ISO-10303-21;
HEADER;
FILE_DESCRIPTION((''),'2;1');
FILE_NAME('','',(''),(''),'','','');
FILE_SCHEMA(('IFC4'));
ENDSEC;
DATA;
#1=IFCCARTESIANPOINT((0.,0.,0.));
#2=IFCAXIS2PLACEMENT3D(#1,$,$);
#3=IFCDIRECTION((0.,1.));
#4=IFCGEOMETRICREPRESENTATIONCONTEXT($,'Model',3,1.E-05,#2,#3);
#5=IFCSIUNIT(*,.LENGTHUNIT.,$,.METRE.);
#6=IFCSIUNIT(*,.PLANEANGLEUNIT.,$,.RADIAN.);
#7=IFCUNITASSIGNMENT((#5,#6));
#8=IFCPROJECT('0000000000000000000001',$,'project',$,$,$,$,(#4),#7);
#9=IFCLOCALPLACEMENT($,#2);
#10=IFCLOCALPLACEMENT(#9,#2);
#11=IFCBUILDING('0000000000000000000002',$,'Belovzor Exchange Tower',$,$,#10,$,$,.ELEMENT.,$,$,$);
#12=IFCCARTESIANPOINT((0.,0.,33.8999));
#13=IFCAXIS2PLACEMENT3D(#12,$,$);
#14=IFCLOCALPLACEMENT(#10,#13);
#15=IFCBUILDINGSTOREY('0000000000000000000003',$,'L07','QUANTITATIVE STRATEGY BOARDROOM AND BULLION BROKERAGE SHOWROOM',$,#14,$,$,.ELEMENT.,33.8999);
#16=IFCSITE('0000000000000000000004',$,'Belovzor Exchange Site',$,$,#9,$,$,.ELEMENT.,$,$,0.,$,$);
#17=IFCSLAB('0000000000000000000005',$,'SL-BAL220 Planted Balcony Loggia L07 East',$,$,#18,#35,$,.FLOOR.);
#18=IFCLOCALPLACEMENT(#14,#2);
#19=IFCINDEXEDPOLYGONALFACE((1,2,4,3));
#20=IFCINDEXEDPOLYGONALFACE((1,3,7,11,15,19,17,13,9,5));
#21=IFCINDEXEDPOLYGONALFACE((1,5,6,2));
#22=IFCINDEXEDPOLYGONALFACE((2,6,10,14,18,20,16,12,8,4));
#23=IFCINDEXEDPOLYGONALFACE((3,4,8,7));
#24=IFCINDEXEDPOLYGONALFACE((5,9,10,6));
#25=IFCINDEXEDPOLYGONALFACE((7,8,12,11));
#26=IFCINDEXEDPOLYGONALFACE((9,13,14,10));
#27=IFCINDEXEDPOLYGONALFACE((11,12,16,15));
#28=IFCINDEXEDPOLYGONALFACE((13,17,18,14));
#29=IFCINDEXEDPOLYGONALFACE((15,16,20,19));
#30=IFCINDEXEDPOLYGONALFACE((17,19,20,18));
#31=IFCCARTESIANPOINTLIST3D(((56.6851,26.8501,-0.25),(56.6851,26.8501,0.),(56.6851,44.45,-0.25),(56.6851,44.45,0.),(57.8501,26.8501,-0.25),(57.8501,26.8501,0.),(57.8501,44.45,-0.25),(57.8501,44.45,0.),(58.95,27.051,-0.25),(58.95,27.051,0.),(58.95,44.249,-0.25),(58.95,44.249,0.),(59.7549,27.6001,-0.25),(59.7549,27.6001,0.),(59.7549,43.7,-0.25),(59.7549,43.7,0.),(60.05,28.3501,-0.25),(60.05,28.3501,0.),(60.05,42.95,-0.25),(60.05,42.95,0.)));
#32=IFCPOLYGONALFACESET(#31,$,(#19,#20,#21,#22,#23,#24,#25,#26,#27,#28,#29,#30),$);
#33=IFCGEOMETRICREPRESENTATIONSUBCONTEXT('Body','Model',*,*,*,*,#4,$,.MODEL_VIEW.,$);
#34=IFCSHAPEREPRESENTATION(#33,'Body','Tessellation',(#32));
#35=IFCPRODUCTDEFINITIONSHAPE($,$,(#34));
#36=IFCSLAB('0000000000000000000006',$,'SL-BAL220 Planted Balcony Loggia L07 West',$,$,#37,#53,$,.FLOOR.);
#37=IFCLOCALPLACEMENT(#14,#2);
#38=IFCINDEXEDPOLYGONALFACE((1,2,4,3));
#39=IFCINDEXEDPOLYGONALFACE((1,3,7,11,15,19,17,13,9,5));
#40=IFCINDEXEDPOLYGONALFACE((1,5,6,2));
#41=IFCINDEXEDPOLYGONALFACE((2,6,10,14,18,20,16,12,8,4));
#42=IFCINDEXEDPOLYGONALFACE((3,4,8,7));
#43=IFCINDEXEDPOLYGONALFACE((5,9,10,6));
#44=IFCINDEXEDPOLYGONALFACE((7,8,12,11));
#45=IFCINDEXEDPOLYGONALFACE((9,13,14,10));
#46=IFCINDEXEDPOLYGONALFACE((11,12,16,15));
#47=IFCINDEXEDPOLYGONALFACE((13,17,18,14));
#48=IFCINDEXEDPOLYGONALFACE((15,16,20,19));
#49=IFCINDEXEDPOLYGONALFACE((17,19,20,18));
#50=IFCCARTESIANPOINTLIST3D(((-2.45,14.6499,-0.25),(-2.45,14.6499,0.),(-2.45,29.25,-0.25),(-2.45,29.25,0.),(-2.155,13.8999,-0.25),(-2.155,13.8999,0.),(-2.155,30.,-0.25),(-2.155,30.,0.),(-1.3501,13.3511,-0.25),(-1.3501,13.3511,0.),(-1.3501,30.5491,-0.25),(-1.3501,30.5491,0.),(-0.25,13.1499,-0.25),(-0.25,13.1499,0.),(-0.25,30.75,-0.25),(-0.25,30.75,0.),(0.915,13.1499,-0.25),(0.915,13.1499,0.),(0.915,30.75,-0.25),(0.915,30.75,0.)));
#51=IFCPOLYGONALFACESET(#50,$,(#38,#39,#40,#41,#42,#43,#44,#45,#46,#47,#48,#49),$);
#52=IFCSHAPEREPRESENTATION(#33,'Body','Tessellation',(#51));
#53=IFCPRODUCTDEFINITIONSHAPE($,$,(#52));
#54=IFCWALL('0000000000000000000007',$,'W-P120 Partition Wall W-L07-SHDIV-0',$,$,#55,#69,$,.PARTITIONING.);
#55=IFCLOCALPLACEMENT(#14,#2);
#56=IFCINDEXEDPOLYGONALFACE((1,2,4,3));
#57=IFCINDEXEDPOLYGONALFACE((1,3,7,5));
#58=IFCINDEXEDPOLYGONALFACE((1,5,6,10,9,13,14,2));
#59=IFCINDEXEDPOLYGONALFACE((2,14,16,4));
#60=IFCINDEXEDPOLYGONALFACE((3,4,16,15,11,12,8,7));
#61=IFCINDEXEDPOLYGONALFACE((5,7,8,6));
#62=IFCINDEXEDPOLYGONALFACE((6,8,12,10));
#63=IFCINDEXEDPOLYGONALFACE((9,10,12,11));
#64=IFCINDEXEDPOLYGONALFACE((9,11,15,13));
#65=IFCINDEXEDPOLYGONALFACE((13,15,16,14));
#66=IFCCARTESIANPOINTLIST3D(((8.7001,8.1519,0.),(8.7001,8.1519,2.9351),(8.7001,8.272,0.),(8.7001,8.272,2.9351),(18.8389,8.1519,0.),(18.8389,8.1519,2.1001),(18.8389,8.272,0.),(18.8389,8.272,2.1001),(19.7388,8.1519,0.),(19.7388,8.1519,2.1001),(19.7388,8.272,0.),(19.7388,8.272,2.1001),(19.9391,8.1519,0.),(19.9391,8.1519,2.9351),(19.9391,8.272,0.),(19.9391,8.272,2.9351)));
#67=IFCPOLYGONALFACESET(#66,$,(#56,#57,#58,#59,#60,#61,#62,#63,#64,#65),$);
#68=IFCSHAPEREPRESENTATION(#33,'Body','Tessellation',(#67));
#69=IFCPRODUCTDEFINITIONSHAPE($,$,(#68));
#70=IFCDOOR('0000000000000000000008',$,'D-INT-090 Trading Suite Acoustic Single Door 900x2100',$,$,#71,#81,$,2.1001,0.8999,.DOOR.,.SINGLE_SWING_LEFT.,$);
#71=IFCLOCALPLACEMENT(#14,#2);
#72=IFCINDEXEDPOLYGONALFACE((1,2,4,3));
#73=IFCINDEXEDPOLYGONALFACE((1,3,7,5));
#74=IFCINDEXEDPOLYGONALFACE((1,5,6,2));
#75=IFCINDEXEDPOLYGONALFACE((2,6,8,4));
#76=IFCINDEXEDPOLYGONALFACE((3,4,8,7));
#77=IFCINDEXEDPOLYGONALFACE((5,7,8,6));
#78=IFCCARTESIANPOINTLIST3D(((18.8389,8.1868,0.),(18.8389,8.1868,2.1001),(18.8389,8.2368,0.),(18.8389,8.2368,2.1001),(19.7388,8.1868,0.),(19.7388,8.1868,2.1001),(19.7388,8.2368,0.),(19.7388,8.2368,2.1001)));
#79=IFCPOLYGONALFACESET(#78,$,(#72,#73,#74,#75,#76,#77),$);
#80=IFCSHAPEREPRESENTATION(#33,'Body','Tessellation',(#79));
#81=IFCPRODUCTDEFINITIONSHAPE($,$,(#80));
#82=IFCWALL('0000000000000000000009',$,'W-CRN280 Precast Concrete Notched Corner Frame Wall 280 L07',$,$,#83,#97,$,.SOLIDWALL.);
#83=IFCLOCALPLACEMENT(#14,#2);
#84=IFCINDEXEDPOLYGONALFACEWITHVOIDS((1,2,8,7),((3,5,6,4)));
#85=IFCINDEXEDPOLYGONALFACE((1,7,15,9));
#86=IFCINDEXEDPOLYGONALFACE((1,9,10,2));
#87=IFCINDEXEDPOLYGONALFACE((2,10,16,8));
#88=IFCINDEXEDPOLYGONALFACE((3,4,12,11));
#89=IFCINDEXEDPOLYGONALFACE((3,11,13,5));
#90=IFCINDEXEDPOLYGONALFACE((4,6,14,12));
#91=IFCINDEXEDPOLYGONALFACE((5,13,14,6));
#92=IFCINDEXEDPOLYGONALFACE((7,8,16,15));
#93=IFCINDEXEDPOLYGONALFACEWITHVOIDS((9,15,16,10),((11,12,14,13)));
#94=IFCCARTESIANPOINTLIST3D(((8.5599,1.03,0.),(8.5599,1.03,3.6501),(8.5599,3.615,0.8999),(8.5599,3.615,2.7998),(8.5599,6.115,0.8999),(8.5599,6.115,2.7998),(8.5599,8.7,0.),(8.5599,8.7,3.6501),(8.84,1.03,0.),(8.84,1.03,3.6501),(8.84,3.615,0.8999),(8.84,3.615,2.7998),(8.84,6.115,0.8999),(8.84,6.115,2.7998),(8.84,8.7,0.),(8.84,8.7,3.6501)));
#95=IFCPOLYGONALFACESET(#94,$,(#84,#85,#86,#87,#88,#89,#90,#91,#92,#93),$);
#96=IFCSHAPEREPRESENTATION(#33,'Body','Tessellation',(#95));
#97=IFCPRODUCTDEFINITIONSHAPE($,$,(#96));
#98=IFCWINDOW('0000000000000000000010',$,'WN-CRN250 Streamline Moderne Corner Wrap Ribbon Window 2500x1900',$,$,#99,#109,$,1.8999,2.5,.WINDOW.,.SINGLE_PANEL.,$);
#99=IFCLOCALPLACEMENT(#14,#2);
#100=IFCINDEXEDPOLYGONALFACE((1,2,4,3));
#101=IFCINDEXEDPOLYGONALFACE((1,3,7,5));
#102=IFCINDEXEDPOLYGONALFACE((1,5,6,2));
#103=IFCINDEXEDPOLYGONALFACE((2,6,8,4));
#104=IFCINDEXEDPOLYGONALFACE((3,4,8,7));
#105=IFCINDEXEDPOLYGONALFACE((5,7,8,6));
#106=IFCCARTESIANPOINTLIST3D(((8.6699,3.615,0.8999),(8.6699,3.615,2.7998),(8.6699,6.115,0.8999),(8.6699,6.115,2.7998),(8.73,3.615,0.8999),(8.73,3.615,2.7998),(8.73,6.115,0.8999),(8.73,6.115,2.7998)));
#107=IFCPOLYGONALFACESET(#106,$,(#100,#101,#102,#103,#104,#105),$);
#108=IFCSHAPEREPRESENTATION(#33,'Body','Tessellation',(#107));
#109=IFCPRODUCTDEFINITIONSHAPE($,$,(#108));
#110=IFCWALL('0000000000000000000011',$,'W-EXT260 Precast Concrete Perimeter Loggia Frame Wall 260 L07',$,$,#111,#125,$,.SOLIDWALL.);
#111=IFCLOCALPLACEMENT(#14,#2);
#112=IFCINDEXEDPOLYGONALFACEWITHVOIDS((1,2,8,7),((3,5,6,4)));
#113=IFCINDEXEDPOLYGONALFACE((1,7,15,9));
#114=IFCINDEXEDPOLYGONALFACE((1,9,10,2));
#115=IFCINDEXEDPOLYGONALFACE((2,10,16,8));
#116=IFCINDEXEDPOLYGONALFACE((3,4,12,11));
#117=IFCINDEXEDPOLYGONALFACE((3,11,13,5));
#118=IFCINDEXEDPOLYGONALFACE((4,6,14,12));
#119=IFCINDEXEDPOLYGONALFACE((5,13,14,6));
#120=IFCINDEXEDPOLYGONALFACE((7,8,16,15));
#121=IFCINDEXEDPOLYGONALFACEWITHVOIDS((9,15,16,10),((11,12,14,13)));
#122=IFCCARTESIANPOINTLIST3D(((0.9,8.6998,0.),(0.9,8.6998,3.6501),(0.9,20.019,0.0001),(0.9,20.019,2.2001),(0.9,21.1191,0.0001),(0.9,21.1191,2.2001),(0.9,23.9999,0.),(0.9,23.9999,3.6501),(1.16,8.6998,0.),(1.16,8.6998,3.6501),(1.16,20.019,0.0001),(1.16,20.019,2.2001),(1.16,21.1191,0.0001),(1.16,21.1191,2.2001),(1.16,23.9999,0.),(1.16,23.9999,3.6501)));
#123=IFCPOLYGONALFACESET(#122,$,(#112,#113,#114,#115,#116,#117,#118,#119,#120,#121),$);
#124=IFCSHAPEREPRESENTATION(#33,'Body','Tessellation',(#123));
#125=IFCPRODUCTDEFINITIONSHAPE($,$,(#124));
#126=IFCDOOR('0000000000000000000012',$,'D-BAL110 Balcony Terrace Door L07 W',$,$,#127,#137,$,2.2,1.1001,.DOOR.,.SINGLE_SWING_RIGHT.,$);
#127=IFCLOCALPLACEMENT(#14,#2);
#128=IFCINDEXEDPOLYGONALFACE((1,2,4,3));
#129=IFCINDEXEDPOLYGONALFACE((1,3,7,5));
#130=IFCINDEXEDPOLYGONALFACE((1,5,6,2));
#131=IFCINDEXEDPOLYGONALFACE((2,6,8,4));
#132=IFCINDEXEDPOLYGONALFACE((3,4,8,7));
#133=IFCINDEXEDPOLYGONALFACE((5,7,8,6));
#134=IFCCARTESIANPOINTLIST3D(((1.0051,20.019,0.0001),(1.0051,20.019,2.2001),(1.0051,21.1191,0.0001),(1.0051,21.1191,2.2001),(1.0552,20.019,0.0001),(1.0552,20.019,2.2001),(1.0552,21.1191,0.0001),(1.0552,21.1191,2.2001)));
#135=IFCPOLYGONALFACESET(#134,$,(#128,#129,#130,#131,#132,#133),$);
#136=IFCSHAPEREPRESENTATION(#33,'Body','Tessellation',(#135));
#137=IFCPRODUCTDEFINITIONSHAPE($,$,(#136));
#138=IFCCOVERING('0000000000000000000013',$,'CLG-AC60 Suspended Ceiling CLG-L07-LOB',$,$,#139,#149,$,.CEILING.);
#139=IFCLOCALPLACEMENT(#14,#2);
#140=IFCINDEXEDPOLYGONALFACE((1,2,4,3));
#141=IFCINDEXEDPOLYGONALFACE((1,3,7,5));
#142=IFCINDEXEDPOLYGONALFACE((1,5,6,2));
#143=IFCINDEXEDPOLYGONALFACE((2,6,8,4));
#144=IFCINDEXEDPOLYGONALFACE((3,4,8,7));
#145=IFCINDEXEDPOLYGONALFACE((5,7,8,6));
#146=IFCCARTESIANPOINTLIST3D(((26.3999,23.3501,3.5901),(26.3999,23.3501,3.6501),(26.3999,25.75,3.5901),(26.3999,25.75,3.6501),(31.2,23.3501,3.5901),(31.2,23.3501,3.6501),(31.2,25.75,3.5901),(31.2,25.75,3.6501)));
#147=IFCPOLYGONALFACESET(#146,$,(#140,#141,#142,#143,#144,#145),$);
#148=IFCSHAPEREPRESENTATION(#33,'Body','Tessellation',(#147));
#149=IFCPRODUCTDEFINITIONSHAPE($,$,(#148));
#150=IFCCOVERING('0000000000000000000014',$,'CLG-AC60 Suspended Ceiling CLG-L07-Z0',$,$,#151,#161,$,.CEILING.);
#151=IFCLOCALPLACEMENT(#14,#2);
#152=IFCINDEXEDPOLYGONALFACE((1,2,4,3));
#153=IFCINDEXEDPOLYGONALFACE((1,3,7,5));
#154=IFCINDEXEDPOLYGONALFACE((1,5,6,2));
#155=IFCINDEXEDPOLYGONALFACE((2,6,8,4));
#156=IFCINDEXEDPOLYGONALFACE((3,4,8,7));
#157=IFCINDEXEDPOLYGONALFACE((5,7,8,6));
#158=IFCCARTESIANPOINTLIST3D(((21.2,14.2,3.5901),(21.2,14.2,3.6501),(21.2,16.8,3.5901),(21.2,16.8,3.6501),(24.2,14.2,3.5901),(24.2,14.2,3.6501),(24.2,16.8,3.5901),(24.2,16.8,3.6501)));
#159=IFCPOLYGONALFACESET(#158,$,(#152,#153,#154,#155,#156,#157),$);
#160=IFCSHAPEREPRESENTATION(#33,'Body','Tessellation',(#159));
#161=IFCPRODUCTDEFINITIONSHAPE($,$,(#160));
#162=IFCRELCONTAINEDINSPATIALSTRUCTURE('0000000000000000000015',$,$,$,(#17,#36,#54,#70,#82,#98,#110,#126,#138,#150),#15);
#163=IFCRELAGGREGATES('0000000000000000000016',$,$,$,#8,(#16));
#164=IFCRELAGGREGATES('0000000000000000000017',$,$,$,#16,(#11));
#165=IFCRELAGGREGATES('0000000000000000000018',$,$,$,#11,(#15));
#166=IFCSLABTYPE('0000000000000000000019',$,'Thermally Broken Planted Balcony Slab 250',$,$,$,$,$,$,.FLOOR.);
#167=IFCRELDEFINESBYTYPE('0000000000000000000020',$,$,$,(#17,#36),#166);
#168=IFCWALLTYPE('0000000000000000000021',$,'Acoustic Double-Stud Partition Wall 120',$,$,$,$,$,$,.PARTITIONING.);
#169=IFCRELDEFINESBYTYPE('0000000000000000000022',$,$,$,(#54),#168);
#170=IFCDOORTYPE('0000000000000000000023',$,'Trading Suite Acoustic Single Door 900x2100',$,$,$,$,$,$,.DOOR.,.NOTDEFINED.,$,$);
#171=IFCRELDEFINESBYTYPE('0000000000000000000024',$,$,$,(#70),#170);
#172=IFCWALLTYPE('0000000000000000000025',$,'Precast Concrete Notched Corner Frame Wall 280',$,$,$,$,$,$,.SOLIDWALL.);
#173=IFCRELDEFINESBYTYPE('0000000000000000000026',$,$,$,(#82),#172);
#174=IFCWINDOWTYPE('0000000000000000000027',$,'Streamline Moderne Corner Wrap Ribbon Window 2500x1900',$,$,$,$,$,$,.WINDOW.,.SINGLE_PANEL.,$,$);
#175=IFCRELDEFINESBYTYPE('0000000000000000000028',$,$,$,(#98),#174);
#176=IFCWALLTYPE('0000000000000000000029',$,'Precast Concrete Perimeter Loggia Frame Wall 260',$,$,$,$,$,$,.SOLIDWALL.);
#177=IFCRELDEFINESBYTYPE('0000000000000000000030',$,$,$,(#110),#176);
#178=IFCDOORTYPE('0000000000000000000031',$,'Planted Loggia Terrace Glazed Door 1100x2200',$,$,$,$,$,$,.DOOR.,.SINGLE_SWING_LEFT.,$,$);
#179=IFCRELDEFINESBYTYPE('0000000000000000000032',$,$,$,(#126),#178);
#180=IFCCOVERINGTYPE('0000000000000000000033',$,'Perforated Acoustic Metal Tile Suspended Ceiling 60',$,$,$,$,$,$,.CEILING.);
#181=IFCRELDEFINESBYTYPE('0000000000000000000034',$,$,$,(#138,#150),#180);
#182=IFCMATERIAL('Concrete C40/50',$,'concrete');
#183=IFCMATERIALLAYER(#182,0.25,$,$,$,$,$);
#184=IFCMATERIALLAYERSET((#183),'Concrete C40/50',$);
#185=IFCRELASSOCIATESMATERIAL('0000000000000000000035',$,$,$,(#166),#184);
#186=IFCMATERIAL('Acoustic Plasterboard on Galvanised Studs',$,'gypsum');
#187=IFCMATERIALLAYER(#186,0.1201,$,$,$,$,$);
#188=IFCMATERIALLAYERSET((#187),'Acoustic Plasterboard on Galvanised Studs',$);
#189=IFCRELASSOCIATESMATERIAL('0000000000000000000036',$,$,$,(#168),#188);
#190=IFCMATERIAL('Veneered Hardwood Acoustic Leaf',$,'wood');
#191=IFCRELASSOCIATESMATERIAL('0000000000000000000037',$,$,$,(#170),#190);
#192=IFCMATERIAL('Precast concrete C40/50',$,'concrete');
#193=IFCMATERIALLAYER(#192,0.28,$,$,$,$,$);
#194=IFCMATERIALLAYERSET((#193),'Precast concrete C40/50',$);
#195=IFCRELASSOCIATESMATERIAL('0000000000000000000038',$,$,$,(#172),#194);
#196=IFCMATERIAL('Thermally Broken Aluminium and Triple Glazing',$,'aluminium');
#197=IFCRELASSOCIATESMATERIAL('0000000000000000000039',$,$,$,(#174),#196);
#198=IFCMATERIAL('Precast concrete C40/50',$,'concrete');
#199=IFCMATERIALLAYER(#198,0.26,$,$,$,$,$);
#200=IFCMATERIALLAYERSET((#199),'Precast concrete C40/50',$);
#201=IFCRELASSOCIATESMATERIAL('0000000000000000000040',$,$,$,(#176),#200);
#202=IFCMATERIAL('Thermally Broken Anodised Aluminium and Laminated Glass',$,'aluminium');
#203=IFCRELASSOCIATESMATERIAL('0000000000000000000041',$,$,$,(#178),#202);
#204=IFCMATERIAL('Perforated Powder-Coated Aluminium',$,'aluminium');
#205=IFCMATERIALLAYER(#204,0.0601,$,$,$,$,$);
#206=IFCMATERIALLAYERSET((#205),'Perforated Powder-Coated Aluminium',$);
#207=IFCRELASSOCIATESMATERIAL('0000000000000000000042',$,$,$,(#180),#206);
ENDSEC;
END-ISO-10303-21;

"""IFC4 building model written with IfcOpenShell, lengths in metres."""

from ifc_helpers import new_model, si_unit, direction, frame, frame_2d, origin, place, context, subcontext, project, spatial, polyline, rectangle, outline, extrude, material, layer, layer_set, type_object, element, fill, save


model = new_model("IFC4")

# Units and contexts
model_context = context("Model", 3, precision=1e-05, world=origin(), true_north=direction((0.0, 1.0)))
body_context = subcontext(model_context, "Body", "Model", "MODEL_VIEW")
ifc_project = project(units=[si_unit("LENGTHUNIT", "METRE"), si_unit("PLANEANGLEUNIT", "RADIAN")], contexts=[model_context])

# Site, building, storey
site_placement = place(None, origin())
site = spatial("IfcSite", under=ifc_project, at=site_placement, Name="Belovzor Exchange Site", CompositionType="ELEMENT", RefElevation=0.0)
building_placement = place(site_placement, origin())
building = spatial("IfcBuilding", under=site, at=building_placement, Name="Belovzor Exchange Tower", CompositionType="ELEMENT")
storey_placement = place(building_placement, frame((0.0, 0.0, 33.8999)))
storey = spatial("IfcBuildingStorey", under=building, at=storey_placement, Name="L07", Description="QUANTITATIVE STRATEGY BOARDROOM AND BULLION BROKERAGE SHOWROOM", CompositionType="ELEMENT", Elevation=33.8999)

# Slabs
ifc_material_1 = material(Name="Concrete C40/50", Category="concrete")
ifc_layer_1 = layer(ifc_material_1, 0.25)
ifc_layer_set_1 = layer_set([ifc_layer_1], Name="Concrete C40/50")
slab_type_1 = type_object("IfcSlabType", Name="Thermally Broken Planted Balcony Slab 250", PredefinedType="FLOOR", material=ifc_layer_set_1)
slab_1_placement = place(storey_placement, frame((0.0, 0.0, -0.25)))
element("IfcSlab", 1, at=slab_1_placement, inside=storey, type_object=slab_type_1, Name="SL-BAL220 Planted Balcony Loggia L07 East", PredefinedType="FLOOR", context=body_context, shape_type="SweptSolid", body=[
    extrude(outline(polyline([(56.6851, 26.8501), (57.8501, 26.8501), (58.95, 27.051), (59.7549, 27.6001), (60.05, 28.3501), (60.05, 42.95), (59.7549, 43.7), (58.95, 44.249), (57.8501, 44.45), (56.6851, 44.45), (56.6851, 26.8501)])), origin(), (0.0, 0.0, 1.0), 0.25),
])
slab_2_placement = place(storey_placement, frame((0.0, 0.0, -0.25)))
element("IfcSlab", 2, at=slab_2_placement, inside=storey, type_object=slab_type_1, Name="SL-BAL220 Planted Balcony Loggia L07 West", PredefinedType="FLOOR", context=body_context, shape_type="SweptSolid", body=[
    extrude(outline(polyline([(0.915, 30.75), (-0.25, 30.75), (-1.3501, 30.5491), (-2.155, 30.0), (-2.45, 29.25), (-2.45, 14.6499), (-2.155, 13.8999), (-1.3501, 13.3511), (-0.25, 13.1499), (0.915, 13.1499), (0.915, 30.75)])), origin(), (0.0, 0.0, 1.0), 0.25),
])

# Wall, opening, door
ifc_material_2 = material(Name="Acoustic Plasterboard on Galvanised Studs", Category="gypsum")
ifc_layer_2 = layer(ifc_material_2, 0.1201)
ifc_layer_set_2 = layer_set([ifc_layer_2], Name="Acoustic Plasterboard on Galvanised Studs")
wall_type_1 = type_object("IfcWallType", Name="Acoustic Double-Stud Partition Wall 120", PredefinedType="PARTITIONING", material=ifc_layer_set_2)
wall_1_placement = place(storey_placement, frame((8.7, 8.2119, 0.0), z_axis=(0.0, 0.0, 1.0), x_axis=(1.0, 0.0, 0.0)))
wall_1 = element("IfcWall", 3, at=wall_1_placement, inside=storey, type_object=wall_type_1, Name="W-P120 Partition Wall W-L07-SHDIV-0", PredefinedType="PARTITIONING", context=body_context, shape_type="SweptSolid", body=[
    extrude(rectangle(XDim=11.239, YDim=0.1201, at=frame_2d((5.6196, 0.0))), origin(), (0.0, 0.0, 1.0), 2.9351),
])
opening_1_placement = place(wall_1_placement, frame((10.1389, 0.0, 0.0)))
opening_1 = element("IfcOpeningElement", 4, at=opening_1_placement, cuts=wall_1, PredefinedType="OPENING", context=body_context, shape_type="SweptSolid", body=[
    extrude(rectangle(XDim=0.8999, YDim=2.1001, at=frame_2d((0.45, 1.05))), frame((0.0, 0.0701, 0.0), z_axis=(0.0, -1.0, 0.0), x_axis=(1.0, 0.0, 0.0)), (0.0, 0.0, 1.0), 0.1401),
])
ifc_material_3 = material(Name="Veneered Hardwood Acoustic Leaf", Category="wood")
door_type_1 = type_object("IfcDoorType", Name="Trading Suite Acoustic Single Door 900x2100", OperationType="NOTDEFINED", PredefinedType="DOOR", material=ifc_material_3)
door_1_placement = place(opening_1_placement, origin())
door_1 = element("IfcDoor", 5, at=door_1_placement, inside=storey, type_object=door_type_1, Name="D-INT-090 Trading Suite Acoustic Single Door 900x2100", OperationType="SINGLE_SWING_LEFT", OverallHeight=2.1001, OverallWidth=0.8999, PredefinedType="DOOR", context=body_context, shape_type="SweptSolid", body=[
    extrude(rectangle(XDim=0.8999, YDim=2.1001, at=frame_2d((0.45, 1.05))), frame((0.0, 0.0249, 0.0), z_axis=(0.0, -1.0, 0.0), x_axis=(1.0, 0.0, 0.0)), (0.0, 0.0, 1.0), 0.05),
])
fill(opening_1, door_1)

# Wall, opening, window
ifc_material_4 = material(Name="Precast concrete C40/50", Category="concrete")
ifc_layer_3 = layer(ifc_material_4, 0.28)
ifc_layer_set_3 = layer_set([ifc_layer_3], Name="Precast concrete C40/50")
wall_type_2 = type_object("IfcWallType", Name="Precast Concrete Notched Corner Frame Wall 280", PredefinedType="SOLIDWALL", material=ifc_layer_set_3)
wall_2_placement = place(storey_placement, frame((8.7, 1.03, 0.0), z_axis=(0.0, 0.0, 1.0), x_axis=(0.0, 1.0, 0.0)))
wall_2 = element("IfcWall", 6, at=wall_2_placement, inside=storey, type_object=wall_type_2, Name="W-CRN280 Precast Concrete Notched Corner Frame Wall 280 L07", PredefinedType="SOLIDWALL", context=body_context, shape_type="SweptSolid", body=[
    extrude(rectangle(XDim=7.6699, YDim=0.28, at=frame_2d((3.835, 0.0))), origin(), (0.0, 0.0, 1.0), 3.6501),
])
opening_2_placement = place(wall_2_placement, frame((2.585, 0.0, 0.8999)))
opening_2 = element("IfcOpeningElement", 7, at=opening_2_placement, cuts=wall_2, PredefinedType="OPENING", context=body_context, shape_type="SweptSolid", body=[
    extrude(rectangle(XDim=2.5, YDim=1.8999, at=frame_2d((1.25, 0.95))), frame((0.0, 0.1499, 0.0), z_axis=(0.0, -1.0, 0.0), x_axis=(1.0, 0.0, 0.0)), (0.0, 0.0, 1.0), 0.3),
])
ifc_material_5 = material(Name="Thermally Broken Aluminium and Triple Glazing", Category="aluminium")
window_type = type_object("IfcWindowType", Name="Streamline Moderne Corner Wrap Ribbon Window 2500x1900", PartitioningType="SINGLE_PANEL", PredefinedType="WINDOW", material=ifc_material_5)
window_placement = place(opening_2_placement, origin())
window = element("IfcWindow", 8, at=window_placement, inside=storey, type_object=window_type, Name="WN-CRN250 Streamline Moderne Corner Wrap Ribbon Window 2500x1900", OverallHeight=1.8999, OverallWidth=2.5, PartitioningType="SINGLE_PANEL", PredefinedType="WINDOW", context=body_context, shape_type="SweptSolid", body=[
    extrude(rectangle(XDim=2.5, YDim=1.8999, at=frame_2d((1.25, 0.95))), frame((0.0, 0.03, 0.0), z_axis=(0.0, -1.0, 0.0), x_axis=(1.0, 0.0, 0.0)), (0.0, 0.0, 1.0), 0.0601),
])
fill(opening_2, window)

# Wall, opening, door
ifc_material_6 = material(Name="Precast concrete C40/50", Category="concrete")
ifc_layer_4 = layer(ifc_material_6, 0.26)
ifc_layer_set_4 = layer_set([ifc_layer_4], Name="Precast concrete C40/50")
wall_type_3 = type_object("IfcWallType", Name="Precast Concrete Perimeter Loggia Frame Wall 260", PredefinedType="SOLIDWALL", material=ifc_layer_set_4)
wall_3_placement = place(storey_placement, frame((1.03, 8.7, 0.0), z_axis=(0.0, 0.0, 1.0), x_axis=(0.0, 1.0, 0.0)))
wall_3 = element("IfcWall", 9, at=wall_3_placement, inside=storey, type_object=wall_type_3, Name="W-EXT260 Precast Concrete Perimeter Loggia Frame Wall 260 L07", PredefinedType="SOLIDWALL", context=body_context, shape_type="SweptSolid", body=[
    extrude(rectangle(XDim=15.3, YDim=0.26, at=frame_2d((7.6499, 0.0))), origin(), (0.0, 0.0, 1.0), 3.6501),
])
opening_3_placement = place(wall_3_placement, frame((11.3191, 0.0, 0.0)))
opening_3 = element("IfcOpeningElement", 10, at=opening_3_placement, cuts=wall_3, PredefinedType="OPENING", context=body_context, shape_type="SweptSolid", body=[
    extrude(rectangle(XDim=1.1001, YDim=2.2, at=frame_2d((0.55, 1.1001))), frame((0.0, 0.1399, 0.0), z_axis=(0.0, -1.0, 0.0), x_axis=(1.0, 0.0, 0.0)), (0.0, 0.0, 1.0), 0.28),
])
ifc_material_7 = material(Name="Thermally Broken Anodised Aluminium and Laminated Glass", Category="aluminium")
door_type_2 = type_object("IfcDoorType", Name="Planted Loggia Terrace Glazed Door 1100x2200", OperationType="SINGLE_SWING_LEFT", PredefinedType="DOOR", material=ifc_material_7)
door_2_placement = place(opening_3_placement, origin())
door_2 = element("IfcDoor", 11, at=door_2_placement, inside=storey, type_object=door_type_2, Name="D-BAL110 Balcony Terrace Door L07 W", OperationType="SINGLE_SWING_RIGHT", OverallHeight=2.2, OverallWidth=1.1001, PredefinedType="DOOR", context=body_context, shape_type="SweptSolid", body=[
    extrude(rectangle(XDim=1.1001, YDim=2.2, at=frame_2d((0.55, 1.1001))), frame((0.0, 0.0249, 0.0), z_axis=(0.0, -1.0, 0.0), x_axis=(1.0, 0.0, 0.0)), (0.0, 0.0, 1.0), 0.05),
])
fill(opening_3, door_2)

# Coverings
ifc_material_8 = material(Name="Perforated Powder-Coated Aluminium", Category="aluminium")
ifc_layer_5 = layer(ifc_material_8, 0.0601)
ifc_layer_set_5 = layer_set([ifc_layer_5], Name="Perforated Powder-Coated Aluminium")
covering_type_1 = type_object("IfcCoveringType", Name="Perforated Acoustic Metal Tile Suspended Ceiling 60", PredefinedType="CEILING", material=ifc_layer_set_5)
covering_1_placement = place(storey_placement, frame((0.0, 0.0, 3.5901)))
element("IfcCovering", 12, at=covering_1_placement, inside=storey, type_object=covering_type_1, Name="CLG-AC60 Suspended Ceiling CLG-L07-LOB", PredefinedType="CEILING", context=body_context, shape_type="SweptSolid", body=[
    extrude(outline(polyline([(26.3999, 23.3501), (31.2, 23.3501), (31.2, 25.75), (26.3999, 25.75), (26.3999, 23.3501)])), origin(), (0.0, 0.0, 1.0), 0.0601),
])
covering_2_placement = place(storey_placement, frame((0.0, 0.0, 3.5901)))
element("IfcCovering", 13, at=covering_2_placement, inside=storey, type_object=covering_type_1, Name="CLG-AC60 Suspended Ceiling CLG-L07-Z0", PredefinedType="CEILING", context=body_context, shape_type="SweptSolid", body=[
    extrude(outline(polyline([(21.2, 14.2), (24.2, 14.2), (24.2, 16.8), (21.2, 16.8), (21.2, 14.2)])), origin(), (0.0, 0.0, 1.0), 0.0601),
])

save(model, "model.ifc")
